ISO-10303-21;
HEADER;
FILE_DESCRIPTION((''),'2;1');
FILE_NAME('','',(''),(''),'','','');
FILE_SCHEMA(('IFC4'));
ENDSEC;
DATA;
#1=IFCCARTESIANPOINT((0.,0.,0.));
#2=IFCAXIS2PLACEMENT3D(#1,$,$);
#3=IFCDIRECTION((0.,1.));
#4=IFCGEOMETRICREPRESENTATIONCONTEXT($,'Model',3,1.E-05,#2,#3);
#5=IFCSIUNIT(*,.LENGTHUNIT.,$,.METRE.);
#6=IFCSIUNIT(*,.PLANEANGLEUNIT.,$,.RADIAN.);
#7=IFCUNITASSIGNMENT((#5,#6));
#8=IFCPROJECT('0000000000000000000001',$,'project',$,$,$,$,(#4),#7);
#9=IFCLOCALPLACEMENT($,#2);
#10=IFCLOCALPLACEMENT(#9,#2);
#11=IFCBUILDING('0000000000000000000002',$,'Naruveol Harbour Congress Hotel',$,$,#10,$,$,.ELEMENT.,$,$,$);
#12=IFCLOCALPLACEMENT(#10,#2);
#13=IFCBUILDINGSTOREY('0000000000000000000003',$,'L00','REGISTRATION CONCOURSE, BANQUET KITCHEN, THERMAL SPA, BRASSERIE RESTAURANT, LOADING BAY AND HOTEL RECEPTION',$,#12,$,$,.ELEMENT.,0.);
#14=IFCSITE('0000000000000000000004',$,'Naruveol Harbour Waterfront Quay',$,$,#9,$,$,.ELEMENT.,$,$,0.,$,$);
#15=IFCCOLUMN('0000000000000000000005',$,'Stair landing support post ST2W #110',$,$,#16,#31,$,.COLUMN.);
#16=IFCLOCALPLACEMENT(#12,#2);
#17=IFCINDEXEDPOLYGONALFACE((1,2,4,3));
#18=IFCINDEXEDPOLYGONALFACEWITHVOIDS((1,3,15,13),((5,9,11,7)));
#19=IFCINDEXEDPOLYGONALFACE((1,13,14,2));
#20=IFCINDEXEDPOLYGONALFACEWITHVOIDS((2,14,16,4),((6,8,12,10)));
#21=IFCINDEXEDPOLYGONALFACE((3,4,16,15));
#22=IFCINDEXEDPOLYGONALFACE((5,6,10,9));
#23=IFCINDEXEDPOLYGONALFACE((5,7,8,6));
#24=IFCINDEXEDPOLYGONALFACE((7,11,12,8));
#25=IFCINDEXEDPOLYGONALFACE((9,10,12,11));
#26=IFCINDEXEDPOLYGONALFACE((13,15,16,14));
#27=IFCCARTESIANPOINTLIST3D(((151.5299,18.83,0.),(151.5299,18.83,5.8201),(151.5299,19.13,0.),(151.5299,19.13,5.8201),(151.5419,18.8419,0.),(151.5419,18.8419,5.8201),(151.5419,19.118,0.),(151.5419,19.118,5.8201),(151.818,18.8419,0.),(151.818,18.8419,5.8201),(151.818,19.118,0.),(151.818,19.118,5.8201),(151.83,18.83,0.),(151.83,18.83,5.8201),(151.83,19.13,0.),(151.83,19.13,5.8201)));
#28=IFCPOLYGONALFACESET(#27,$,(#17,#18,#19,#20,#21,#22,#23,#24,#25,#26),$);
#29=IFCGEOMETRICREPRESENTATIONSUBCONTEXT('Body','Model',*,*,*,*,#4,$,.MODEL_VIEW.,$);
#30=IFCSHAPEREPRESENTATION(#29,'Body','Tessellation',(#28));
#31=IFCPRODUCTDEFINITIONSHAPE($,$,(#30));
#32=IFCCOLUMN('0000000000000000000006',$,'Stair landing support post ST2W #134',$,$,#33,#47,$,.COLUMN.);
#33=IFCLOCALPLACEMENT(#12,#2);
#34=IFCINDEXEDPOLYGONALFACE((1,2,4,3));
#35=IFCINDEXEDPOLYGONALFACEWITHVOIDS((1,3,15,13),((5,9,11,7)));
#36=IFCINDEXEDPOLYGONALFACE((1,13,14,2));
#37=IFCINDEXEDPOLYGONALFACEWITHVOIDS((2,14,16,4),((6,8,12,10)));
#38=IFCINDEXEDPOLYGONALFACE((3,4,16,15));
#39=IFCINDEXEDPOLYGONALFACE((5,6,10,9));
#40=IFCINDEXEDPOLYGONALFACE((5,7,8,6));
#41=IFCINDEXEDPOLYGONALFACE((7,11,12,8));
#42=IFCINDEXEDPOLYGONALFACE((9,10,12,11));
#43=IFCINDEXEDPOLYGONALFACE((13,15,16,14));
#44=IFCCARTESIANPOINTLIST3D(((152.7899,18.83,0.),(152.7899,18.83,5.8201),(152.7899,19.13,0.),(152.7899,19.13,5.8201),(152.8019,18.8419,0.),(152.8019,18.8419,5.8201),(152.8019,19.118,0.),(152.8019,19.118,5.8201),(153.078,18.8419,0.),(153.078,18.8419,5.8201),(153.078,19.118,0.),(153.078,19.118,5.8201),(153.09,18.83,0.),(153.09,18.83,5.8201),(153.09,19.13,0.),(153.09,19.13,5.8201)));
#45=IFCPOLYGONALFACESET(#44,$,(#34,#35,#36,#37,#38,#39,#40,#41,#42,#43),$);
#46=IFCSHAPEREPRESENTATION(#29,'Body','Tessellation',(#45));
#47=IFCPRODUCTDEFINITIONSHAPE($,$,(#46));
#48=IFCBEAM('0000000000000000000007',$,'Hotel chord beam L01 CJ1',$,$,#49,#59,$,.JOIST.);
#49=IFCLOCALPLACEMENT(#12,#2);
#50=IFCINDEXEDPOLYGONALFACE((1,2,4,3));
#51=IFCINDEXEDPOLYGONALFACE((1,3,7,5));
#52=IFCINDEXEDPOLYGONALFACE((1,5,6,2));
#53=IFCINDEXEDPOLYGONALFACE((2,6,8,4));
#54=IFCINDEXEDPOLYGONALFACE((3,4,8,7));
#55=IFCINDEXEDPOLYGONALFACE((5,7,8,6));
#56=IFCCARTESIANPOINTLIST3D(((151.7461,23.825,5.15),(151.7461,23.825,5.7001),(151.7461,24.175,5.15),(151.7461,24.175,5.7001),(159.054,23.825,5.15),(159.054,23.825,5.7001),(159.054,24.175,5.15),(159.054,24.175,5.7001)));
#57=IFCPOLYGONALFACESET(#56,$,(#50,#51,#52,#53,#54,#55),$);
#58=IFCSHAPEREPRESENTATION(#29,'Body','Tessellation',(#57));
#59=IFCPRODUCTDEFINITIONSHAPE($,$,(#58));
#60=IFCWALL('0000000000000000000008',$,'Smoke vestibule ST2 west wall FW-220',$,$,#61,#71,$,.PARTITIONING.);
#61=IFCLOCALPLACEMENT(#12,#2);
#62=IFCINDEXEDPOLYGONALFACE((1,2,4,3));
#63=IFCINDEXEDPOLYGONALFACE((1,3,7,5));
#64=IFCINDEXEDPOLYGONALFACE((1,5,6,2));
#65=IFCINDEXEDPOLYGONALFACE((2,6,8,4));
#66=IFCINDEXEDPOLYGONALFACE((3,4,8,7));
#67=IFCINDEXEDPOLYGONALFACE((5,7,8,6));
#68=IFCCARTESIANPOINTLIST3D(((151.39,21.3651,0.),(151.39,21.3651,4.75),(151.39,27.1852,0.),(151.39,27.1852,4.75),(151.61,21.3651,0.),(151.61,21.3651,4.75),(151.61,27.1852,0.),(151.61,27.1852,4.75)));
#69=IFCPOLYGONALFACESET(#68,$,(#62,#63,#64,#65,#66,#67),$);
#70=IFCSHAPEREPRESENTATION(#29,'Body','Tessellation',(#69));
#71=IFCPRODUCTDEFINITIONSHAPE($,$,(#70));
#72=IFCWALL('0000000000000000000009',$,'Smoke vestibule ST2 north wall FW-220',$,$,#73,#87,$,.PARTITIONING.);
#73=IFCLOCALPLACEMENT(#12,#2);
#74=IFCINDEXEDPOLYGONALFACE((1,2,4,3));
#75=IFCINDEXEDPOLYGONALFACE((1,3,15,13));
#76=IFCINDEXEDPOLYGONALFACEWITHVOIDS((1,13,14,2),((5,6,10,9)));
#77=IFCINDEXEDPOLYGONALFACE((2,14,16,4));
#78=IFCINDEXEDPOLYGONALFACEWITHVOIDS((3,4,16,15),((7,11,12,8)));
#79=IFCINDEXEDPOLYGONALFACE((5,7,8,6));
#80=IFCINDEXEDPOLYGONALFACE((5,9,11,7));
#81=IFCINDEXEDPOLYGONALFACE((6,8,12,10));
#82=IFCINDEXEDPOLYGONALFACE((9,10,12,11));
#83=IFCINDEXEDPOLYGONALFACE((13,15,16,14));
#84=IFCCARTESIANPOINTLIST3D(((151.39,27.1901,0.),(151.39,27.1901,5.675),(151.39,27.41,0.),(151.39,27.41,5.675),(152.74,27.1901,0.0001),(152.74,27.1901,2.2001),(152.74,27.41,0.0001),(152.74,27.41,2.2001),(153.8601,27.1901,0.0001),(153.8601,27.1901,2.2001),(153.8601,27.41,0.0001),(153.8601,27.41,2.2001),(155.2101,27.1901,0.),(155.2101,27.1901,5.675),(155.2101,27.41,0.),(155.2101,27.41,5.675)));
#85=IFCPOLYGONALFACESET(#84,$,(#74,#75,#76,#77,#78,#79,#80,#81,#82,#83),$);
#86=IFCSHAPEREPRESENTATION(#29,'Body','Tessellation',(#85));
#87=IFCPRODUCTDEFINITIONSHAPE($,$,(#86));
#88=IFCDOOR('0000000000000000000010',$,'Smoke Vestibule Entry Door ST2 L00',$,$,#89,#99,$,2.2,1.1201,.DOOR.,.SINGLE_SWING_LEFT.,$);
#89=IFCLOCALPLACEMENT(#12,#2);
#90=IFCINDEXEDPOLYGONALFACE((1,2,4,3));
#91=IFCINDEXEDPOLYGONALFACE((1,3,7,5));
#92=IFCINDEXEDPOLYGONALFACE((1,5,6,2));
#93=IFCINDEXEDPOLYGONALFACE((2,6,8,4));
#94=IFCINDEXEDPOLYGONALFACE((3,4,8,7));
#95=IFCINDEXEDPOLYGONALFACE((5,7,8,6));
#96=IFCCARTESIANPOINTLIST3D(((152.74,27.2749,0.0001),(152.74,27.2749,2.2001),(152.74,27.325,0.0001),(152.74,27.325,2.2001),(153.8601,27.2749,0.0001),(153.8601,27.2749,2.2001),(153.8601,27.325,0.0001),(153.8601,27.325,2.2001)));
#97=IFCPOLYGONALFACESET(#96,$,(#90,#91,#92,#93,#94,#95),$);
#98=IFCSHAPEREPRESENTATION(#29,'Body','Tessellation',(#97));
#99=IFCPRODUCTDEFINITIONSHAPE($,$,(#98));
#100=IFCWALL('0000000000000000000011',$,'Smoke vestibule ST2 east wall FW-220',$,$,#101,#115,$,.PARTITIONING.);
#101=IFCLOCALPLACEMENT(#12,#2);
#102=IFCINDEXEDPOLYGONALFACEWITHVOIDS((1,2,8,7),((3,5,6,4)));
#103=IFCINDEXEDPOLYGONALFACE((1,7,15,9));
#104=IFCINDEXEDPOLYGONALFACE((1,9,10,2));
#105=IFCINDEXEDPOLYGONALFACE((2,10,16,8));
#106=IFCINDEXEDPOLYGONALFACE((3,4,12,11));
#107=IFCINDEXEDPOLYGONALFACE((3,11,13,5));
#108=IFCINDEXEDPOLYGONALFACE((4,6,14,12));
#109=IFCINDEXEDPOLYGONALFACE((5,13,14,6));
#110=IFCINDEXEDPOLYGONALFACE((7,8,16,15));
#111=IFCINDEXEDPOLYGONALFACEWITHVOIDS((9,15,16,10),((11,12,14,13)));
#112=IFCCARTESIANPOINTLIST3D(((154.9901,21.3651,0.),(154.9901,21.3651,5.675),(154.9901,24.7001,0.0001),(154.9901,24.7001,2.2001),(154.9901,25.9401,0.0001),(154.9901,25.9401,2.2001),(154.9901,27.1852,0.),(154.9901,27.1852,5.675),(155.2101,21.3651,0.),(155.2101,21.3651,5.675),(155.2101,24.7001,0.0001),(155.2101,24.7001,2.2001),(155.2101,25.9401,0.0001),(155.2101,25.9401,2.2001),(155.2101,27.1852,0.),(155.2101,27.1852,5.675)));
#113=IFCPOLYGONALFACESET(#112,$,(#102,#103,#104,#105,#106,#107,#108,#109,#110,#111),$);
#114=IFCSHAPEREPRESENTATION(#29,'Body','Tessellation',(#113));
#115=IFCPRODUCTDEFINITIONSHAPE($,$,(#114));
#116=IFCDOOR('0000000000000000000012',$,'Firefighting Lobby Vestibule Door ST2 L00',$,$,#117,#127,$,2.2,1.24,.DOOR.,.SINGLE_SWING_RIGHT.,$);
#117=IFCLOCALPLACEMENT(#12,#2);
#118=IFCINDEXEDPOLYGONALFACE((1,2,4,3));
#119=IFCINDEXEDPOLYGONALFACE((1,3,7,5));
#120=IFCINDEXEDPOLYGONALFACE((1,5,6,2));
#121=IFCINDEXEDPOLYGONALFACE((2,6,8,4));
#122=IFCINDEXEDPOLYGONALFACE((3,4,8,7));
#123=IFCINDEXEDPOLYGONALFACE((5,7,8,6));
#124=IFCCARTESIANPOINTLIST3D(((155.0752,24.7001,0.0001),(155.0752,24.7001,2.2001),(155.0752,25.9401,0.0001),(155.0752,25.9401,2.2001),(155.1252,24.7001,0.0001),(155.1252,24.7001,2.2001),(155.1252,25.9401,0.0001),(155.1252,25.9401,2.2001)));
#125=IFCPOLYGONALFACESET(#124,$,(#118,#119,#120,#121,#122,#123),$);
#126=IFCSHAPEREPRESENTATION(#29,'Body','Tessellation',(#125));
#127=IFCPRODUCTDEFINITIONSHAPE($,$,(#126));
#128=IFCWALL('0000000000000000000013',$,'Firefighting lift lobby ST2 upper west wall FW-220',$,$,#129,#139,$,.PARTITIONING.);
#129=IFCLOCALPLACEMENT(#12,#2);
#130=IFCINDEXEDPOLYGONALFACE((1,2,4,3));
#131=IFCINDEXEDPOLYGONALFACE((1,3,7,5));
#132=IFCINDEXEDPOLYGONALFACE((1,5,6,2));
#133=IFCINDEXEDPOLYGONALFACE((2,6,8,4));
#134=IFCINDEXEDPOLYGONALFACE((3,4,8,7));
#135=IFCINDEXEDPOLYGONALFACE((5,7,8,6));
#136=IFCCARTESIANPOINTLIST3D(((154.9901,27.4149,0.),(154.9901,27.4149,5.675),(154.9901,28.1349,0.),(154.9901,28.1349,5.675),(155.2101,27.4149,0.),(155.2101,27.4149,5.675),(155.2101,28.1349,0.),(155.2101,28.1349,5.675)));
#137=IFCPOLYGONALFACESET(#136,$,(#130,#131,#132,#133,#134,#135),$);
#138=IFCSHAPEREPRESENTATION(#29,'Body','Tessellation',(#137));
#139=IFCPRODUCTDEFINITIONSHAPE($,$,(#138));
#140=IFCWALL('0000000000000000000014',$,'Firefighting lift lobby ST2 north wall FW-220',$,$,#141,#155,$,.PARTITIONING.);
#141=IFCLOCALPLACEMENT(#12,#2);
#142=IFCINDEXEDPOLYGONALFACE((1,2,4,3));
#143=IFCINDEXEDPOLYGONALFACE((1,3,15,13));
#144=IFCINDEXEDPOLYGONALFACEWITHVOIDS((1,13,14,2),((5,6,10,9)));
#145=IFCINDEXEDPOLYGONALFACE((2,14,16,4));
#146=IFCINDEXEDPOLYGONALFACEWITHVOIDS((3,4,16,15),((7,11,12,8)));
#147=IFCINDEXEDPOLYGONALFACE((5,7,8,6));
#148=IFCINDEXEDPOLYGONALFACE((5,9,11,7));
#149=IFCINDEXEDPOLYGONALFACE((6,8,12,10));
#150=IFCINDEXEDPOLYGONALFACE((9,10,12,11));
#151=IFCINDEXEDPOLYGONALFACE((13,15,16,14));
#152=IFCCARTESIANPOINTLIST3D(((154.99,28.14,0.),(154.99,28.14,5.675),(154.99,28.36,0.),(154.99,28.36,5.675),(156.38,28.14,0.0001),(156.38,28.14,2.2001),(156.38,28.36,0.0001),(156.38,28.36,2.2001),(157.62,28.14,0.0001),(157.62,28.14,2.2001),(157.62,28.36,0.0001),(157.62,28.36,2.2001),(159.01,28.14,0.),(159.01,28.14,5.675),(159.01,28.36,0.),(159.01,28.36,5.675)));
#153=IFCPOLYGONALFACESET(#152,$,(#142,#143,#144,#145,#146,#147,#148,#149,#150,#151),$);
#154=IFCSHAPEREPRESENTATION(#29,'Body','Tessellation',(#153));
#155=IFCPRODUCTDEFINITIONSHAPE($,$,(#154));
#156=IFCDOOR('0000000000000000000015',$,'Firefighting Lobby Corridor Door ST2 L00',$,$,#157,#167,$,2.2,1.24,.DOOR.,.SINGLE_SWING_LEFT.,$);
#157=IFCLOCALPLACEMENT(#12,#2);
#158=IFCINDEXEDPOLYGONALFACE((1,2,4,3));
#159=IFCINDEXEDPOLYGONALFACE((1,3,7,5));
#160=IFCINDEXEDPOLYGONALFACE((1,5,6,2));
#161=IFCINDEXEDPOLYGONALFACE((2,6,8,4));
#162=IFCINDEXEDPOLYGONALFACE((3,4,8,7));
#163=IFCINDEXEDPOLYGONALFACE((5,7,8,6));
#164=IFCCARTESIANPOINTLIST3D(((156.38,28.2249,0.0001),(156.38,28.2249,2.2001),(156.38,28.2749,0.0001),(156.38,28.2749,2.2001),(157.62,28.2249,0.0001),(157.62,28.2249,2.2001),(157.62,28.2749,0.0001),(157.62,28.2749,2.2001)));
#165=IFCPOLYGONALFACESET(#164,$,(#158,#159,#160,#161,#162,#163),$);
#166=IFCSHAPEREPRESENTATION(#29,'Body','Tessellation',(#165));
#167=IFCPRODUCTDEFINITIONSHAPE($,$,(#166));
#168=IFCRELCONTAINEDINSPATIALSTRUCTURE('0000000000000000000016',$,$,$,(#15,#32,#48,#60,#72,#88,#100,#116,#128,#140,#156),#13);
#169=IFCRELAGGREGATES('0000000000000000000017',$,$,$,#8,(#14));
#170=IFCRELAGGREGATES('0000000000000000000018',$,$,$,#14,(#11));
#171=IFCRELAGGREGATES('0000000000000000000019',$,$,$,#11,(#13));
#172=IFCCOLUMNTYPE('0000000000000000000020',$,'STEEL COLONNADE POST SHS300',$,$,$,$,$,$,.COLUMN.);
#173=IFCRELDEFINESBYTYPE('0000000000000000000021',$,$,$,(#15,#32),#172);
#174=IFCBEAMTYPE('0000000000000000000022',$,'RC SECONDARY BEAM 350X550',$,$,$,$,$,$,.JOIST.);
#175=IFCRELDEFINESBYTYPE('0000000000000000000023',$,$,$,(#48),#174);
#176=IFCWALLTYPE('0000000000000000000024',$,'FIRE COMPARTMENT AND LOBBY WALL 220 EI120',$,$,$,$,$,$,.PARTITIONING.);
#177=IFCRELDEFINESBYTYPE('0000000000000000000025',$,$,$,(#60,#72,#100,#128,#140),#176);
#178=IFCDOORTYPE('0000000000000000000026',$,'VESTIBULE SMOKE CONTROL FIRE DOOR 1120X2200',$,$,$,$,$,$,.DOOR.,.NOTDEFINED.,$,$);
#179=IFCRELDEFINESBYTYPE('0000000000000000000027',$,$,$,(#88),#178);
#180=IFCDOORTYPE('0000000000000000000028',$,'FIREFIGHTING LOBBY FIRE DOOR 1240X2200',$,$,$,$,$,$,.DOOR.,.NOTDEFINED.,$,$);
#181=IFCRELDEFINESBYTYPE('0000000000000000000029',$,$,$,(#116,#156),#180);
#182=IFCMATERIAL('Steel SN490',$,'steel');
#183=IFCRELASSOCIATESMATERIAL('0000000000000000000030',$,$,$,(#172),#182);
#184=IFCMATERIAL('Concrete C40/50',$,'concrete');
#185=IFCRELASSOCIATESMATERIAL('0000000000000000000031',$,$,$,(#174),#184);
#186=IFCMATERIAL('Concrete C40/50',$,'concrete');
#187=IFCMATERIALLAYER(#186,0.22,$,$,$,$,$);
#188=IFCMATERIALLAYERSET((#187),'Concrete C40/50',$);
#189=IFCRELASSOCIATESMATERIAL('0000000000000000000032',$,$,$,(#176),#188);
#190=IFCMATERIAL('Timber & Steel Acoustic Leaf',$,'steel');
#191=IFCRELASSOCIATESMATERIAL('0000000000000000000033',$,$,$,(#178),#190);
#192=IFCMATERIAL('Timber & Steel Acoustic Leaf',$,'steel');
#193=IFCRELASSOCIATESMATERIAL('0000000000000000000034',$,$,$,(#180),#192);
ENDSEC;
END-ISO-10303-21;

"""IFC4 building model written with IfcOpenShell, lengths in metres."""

from ifc_helpers import new_model, si_unit, direction, frame, frame_2d, origin, origin_2d, place, context, subcontext, project, spatial, rectangle, hollow_rectangle, extrude, material, layer, layer_set, material_profile, profile_set, type_object, element, fill, save


model = new_model("IFC4")

# Units and contexts
model_context = context("Model", 3, precision=1e-05, world=origin(), true_north=direction((0.0, 1.0)))
body_context = subcontext(model_context, "Body", "Model", "MODEL_VIEW")
ifc_project = project(units=[si_unit("LENGTHUNIT", "METRE"), si_unit("PLANEANGLEUNIT", "RADIAN")], contexts=[model_context])

# Site, building, storey
site_placement = place(None, origin())
site = spatial("IfcSite", under=ifc_project, at=site_placement, Name="Naruveol Harbour Waterfront Quay", CompositionType="ELEMENT", RefElevation=0.0)
building_placement = place(site_placement, origin())
building = spatial("IfcBuilding", under=site, at=building_placement, Name="Naruveol Harbour Congress Hotel", CompositionType="ELEMENT")
storey_placement = place(building_placement, origin())
storey = spatial("IfcBuildingStorey", under=building, at=storey_placement, Name="L00", Description="REGISTRATION CONCOURSE, BANQUET KITCHEN, THERMAL SPA, BRASSERIE RESTAURANT, LOADING BAY AND HOTEL RECEPTION", CompositionType="ELEMENT", Elevation=0.0)

# Columns
ifc_material_1 = material(Name="Steel SN490", Category="steel")
ifc_material_profile_1 = material_profile(ifc_material_1, hollow_rectangle(XDim=0.3, YDim=0.3, WallThickness=0.012, at=origin_2d()), Name="SHS-300x300x12")
ifc_profile_set_1 = profile_set([ifc_material_profile_1], Name="Steel SN490")
column_type = type_object("IfcColumnType", Name="STEEL COLONNADE POST SHS300", PredefinedType="COLUMN", material=ifc_profile_set_1)
for number, where, z_axis, x_axis, name in (
    (1, (151.6799, 18.98, 0.0), (0.0, 0.0, 1.0), (1.0, 0.0, 0.0), "Stair landing support post ST2W #110"),
    (2, (152.9399, 18.98, 0.0), (0.0, 0.0, 1.0), (1.0, 0.0, 0.0), "Stair landing support post ST2W #134"),
):
    element("IfcColumn", number, at=place(storey_placement, frame(where, z_axis=z_axis, x_axis=x_axis)), inside=storey, type_object=column_type, Name=name, PredefinedType="COLUMN", context=body_context, shape_type="SweptSolid", body=[
        extrude(hollow_rectangle(XDim=0.3, YDim=0.3, WallThickness=0.012, at=origin_2d()), origin(), (0.0, 0.0, 1.0), 5.8201),
    ])

# Beam
ifc_material_2 = material(Name="Concrete C40/50", Category="concrete")
ifc_material_profile_2 = material_profile(ifc_material_2, rectangle(XDim=0.3501, YDim=0.55, at=origin_2d()), Name="RCB-350x550")
ifc_profile_set_2 = profile_set([ifc_material_profile_2], Name="Concrete C40/50")
beam_type = type_object("IfcBeamType", Name="RC SECONDARY BEAM 350X550", PredefinedType="JOIST", material=ifc_profile_set_2)
beam_placement = place(storey_placement, frame((151.7461, 24.0, 5.425), z_axis=(1.0, 0.0, 0.0), x_axis=(0.0, 1.0, 0.0)))
element("IfcBeam", 3, at=beam_placement, inside=storey, type_object=beam_type, Name="Hotel chord beam L01 CJ1", PredefinedType="JOIST", context=body_context, shape_type="SweptSolid", body=[
    extrude(rectangle(XDim=0.3501, YDim=0.55, at=origin_2d()), origin(), (0.0, 0.0, 1.0), 7.3079),
])

# Wall
ifc_material_3 = material(Name="Concrete C40/50", Category="concrete")
ifc_layer_1 = layer(ifc_material_3, 0.22)
ifc_layer_set_1 = layer_set([ifc_layer_1], Name="Concrete C40/50")
wall_type_1 = type_object("IfcWallType", Name="FIRE COMPARTMENT AND LOBBY WALL 220 EI120", PredefinedType="PARTITIONING", material=ifc_layer_set_1)
wall_1_placement = place(storey_placement, frame((151.5, 21.365, 0.0), z_axis=(0.0, 0.0, 1.0), x_axis=(0.0, 1.0, 0.0)))
element("IfcWall", 4, at=wall_1_placement, inside=storey, type_object=wall_type_1, Name="Smoke vestibule ST2 west wall FW-220", PredefinedType="PARTITIONING", context=body_context, shape_type="SweptSolid", body=[
    extrude(rectangle(XDim=5.8201, YDim=0.22, at=frame_2d((2.9102, 0.0))), origin(), (0.0, 0.0, 1.0), 4.75),
])

# Walls, openings, doors
wall_2_placement = place(storey_placement, frame((151.3899, 27.3, 0.0), z_axis=(0.0, 0.0, 1.0), x_axis=(1.0, 0.0, 0.0)))
wall_2 = element("IfcWall", 5, at=wall_2_placement, inside=storey, type_object=wall_type_1, Name="Smoke vestibule ST2 north wall FW-220", PredefinedType="PARTITIONING", context=body_context, shape_type="SweptSolid", body=[
    extrude(rectangle(XDim=3.8201, YDim=0.22, at=frame_2d((1.9102, 0.0))), origin(), (0.0, 0.0, 1.0), 5.675),
])
opening_1_placement = place(wall_2_placement, frame((1.3501, 0.0, 0.0)))
opening_1 = element("IfcOpeningElement", 6, at=opening_1_placement, cuts=wall_2, PredefinedType="OPENING", context=body_context, shape_type="SweptSolid", body=[
    extrude(rectangle(XDim=1.1201, YDim=2.2, at=frame_2d((0.5601, 1.1001))), frame((0.0, 0.1199, 0.0), z_axis=(0.0, -1.0, 0.0), x_axis=(1.0, 0.0, 0.0)), (0.0, 0.0, 1.0), 0.24),
])
ifc_material_4 = material(Name="Timber & Steel Acoustic Leaf", Category="steel")
door_type_1 = type_object("IfcDoorType", Name="VESTIBULE SMOKE CONTROL FIRE DOOR 1120X2200", OperationType="NOTDEFINED", PredefinedType="DOOR", material=ifc_material_4)
door_1_placement = place(opening_1_placement, origin())
door_1 = element("IfcDoor", 7, at=door_1_placement, inside=storey, type_object=door_type_1, Name="Smoke Vestibule Entry Door ST2 L00", OperationType="SINGLE_SWING_LEFT", OverallHeight=2.2, OverallWidth=1.1201, PredefinedType="DOOR", context=body_context, shape_type="SweptSolid", body=[
    extrude(rectangle(XDim=1.1201, YDim=2.2, at=frame_2d((0.5601, 1.1001))), frame((0.0, 0.0249, 0.0), z_axis=(0.0, -1.0, 0.0), x_axis=(1.0, 0.0, 0.0)), (0.0, 0.0, 1.0), 0.05),
])
fill(opening_1, door_1)
wall_3_placement = place(storey_placement, frame((155.1001, 21.365, 0.0), z_axis=(0.0, 0.0, 1.0), x_axis=(0.0, 1.0, 0.0)))
wall_3 = element("IfcWall", 8, at=wall_3_placement, inside=storey, type_object=wall_type_1, Name="Smoke vestibule ST2 east wall FW-220", PredefinedType="PARTITIONING", context=body_context, shape_type="SweptSolid", body=[
    extrude(rectangle(XDim=5.8201, YDim=0.22, at=frame_2d((2.9102, 0.0))), origin(), (0.0, 0.0, 1.0), 5.675),
])
opening_2_placement = place(wall_3_placement, frame((3.335, 0.0, 0.0)))
opening_2 = element("IfcOpeningElement", 9, at=opening_2_placement, cuts=wall_3, PredefinedType="OPENING", context=body_context, shape_type="SweptSolid", body=[
    extrude(rectangle(XDim=1.24, YDim=2.2, at=frame_2d((0.6201, 1.1001))), frame((0.0, 0.1199, 0.0), z_axis=(0.0, -1.0, 0.0), x_axis=(1.0, 0.0, 0.0)), (0.0, 0.0, 1.0), 0.24),
])
ifc_material_5 = material(Name="Timber & Steel Acoustic Leaf", Category="steel")
door_type_2 = type_object("IfcDoorType", Name="FIREFIGHTING LOBBY FIRE DOOR 1240X2200", OperationType="NOTDEFINED", PredefinedType="DOOR", material=ifc_material_5)
door_2_placement = place(opening_2_placement, origin())
door_2 = element("IfcDoor", 10, at=door_2_placement, inside=storey, type_object=door_type_2, Name="Firefighting Lobby Vestibule Door ST2 L00", OperationType="SINGLE_SWING_RIGHT", OverallHeight=2.2, OverallWidth=1.24, PredefinedType="DOOR", context=body_context, shape_type="SweptSolid", body=[
    extrude(rectangle(XDim=1.24, YDim=2.2, at=frame_2d((0.6201, 1.1001))), frame((0.0, 0.0249, 0.0), z_axis=(0.0, -1.0, 0.0), x_axis=(1.0, 0.0, 0.0)), (0.0, 0.0, 1.0), 0.05),
])
fill(opening_2, door_2)

# Wall
wall_4_placement = place(storey_placement, frame((155.1001, 27.415, 0.0), z_axis=(0.0, 0.0, 1.0), x_axis=(0.0, 1.0, 0.0)))
element("IfcWall", 11, at=wall_4_placement, inside=storey, type_object=wall_type_1, Name="Firefighting lift lobby ST2 upper west wall FW-220", PredefinedType="PARTITIONING", context=body_context, shape_type="SweptSolid", body=[
    extrude(rectangle(XDim=0.72, YDim=0.22, at=frame_2d((0.3599, 0.0))), origin(), (0.0, 0.0, 1.0), 5.675),
])

# Wall, opening, door
wall_5_placement = place(storey_placement, frame((154.99, 28.25, 0.0), z_axis=(0.0, 0.0, 1.0), x_axis=(1.0, 0.0, 0.0)))
wall_5 = element("IfcWall", 12, at=wall_5_placement, inside=storey, type_object=wall_type_1, Name="Firefighting lift lobby ST2 north wall FW-220", PredefinedType="PARTITIONING", context=body_context, shape_type="SweptSolid", body=[
    extrude(rectangle(XDim=4.02, YDim=0.22, at=frame_2d((2.01, 0.0))), origin(), (0.0, 0.0, 1.0), 5.675),
])
opening_3_placement = place(wall_5_placement, frame((1.3899, 0.0, 0.0)))
opening_3 = element("IfcOpeningElement", 13, at=opening_3_placement, cuts=wall_5, PredefinedType="OPENING", context=body_context, shape_type="SweptSolid", body=[
    extrude(rectangle(XDim=1.24, YDim=2.2, at=frame_2d((0.6201, 1.1001))), frame((0.0, 0.1199, 0.0), z_axis=(0.0, -1.0, 0.0), x_axis=(1.0, 0.0, 0.0)), (0.0, 0.0, 1.0), 0.24),
])
door_3_placement = place(opening_3_placement, origin())
door_3 = element("IfcDoor", 14, at=door_3_placement, inside=storey, type_object=door_type_2, Name="Firefighting Lobby Corridor Door ST2 L00", OperationType="SINGLE_SWING_LEFT", OverallHeight=2.2, OverallWidth=1.24, PredefinedType="DOOR", context=body_context, shape_type="SweptSolid", body=[
    extrude(rectangle(XDim=1.24, YDim=2.2, at=frame_2d((0.6201, 1.1001))), frame((0.0, 0.0249, 0.0), z_axis=(0.0, -1.0, 0.0), x_axis=(1.0, 0.0, 0.0)), (0.0, 0.0, 1.0), 0.05),
])
fill(opening_3, door_3)

save(model, "model.ifc")
